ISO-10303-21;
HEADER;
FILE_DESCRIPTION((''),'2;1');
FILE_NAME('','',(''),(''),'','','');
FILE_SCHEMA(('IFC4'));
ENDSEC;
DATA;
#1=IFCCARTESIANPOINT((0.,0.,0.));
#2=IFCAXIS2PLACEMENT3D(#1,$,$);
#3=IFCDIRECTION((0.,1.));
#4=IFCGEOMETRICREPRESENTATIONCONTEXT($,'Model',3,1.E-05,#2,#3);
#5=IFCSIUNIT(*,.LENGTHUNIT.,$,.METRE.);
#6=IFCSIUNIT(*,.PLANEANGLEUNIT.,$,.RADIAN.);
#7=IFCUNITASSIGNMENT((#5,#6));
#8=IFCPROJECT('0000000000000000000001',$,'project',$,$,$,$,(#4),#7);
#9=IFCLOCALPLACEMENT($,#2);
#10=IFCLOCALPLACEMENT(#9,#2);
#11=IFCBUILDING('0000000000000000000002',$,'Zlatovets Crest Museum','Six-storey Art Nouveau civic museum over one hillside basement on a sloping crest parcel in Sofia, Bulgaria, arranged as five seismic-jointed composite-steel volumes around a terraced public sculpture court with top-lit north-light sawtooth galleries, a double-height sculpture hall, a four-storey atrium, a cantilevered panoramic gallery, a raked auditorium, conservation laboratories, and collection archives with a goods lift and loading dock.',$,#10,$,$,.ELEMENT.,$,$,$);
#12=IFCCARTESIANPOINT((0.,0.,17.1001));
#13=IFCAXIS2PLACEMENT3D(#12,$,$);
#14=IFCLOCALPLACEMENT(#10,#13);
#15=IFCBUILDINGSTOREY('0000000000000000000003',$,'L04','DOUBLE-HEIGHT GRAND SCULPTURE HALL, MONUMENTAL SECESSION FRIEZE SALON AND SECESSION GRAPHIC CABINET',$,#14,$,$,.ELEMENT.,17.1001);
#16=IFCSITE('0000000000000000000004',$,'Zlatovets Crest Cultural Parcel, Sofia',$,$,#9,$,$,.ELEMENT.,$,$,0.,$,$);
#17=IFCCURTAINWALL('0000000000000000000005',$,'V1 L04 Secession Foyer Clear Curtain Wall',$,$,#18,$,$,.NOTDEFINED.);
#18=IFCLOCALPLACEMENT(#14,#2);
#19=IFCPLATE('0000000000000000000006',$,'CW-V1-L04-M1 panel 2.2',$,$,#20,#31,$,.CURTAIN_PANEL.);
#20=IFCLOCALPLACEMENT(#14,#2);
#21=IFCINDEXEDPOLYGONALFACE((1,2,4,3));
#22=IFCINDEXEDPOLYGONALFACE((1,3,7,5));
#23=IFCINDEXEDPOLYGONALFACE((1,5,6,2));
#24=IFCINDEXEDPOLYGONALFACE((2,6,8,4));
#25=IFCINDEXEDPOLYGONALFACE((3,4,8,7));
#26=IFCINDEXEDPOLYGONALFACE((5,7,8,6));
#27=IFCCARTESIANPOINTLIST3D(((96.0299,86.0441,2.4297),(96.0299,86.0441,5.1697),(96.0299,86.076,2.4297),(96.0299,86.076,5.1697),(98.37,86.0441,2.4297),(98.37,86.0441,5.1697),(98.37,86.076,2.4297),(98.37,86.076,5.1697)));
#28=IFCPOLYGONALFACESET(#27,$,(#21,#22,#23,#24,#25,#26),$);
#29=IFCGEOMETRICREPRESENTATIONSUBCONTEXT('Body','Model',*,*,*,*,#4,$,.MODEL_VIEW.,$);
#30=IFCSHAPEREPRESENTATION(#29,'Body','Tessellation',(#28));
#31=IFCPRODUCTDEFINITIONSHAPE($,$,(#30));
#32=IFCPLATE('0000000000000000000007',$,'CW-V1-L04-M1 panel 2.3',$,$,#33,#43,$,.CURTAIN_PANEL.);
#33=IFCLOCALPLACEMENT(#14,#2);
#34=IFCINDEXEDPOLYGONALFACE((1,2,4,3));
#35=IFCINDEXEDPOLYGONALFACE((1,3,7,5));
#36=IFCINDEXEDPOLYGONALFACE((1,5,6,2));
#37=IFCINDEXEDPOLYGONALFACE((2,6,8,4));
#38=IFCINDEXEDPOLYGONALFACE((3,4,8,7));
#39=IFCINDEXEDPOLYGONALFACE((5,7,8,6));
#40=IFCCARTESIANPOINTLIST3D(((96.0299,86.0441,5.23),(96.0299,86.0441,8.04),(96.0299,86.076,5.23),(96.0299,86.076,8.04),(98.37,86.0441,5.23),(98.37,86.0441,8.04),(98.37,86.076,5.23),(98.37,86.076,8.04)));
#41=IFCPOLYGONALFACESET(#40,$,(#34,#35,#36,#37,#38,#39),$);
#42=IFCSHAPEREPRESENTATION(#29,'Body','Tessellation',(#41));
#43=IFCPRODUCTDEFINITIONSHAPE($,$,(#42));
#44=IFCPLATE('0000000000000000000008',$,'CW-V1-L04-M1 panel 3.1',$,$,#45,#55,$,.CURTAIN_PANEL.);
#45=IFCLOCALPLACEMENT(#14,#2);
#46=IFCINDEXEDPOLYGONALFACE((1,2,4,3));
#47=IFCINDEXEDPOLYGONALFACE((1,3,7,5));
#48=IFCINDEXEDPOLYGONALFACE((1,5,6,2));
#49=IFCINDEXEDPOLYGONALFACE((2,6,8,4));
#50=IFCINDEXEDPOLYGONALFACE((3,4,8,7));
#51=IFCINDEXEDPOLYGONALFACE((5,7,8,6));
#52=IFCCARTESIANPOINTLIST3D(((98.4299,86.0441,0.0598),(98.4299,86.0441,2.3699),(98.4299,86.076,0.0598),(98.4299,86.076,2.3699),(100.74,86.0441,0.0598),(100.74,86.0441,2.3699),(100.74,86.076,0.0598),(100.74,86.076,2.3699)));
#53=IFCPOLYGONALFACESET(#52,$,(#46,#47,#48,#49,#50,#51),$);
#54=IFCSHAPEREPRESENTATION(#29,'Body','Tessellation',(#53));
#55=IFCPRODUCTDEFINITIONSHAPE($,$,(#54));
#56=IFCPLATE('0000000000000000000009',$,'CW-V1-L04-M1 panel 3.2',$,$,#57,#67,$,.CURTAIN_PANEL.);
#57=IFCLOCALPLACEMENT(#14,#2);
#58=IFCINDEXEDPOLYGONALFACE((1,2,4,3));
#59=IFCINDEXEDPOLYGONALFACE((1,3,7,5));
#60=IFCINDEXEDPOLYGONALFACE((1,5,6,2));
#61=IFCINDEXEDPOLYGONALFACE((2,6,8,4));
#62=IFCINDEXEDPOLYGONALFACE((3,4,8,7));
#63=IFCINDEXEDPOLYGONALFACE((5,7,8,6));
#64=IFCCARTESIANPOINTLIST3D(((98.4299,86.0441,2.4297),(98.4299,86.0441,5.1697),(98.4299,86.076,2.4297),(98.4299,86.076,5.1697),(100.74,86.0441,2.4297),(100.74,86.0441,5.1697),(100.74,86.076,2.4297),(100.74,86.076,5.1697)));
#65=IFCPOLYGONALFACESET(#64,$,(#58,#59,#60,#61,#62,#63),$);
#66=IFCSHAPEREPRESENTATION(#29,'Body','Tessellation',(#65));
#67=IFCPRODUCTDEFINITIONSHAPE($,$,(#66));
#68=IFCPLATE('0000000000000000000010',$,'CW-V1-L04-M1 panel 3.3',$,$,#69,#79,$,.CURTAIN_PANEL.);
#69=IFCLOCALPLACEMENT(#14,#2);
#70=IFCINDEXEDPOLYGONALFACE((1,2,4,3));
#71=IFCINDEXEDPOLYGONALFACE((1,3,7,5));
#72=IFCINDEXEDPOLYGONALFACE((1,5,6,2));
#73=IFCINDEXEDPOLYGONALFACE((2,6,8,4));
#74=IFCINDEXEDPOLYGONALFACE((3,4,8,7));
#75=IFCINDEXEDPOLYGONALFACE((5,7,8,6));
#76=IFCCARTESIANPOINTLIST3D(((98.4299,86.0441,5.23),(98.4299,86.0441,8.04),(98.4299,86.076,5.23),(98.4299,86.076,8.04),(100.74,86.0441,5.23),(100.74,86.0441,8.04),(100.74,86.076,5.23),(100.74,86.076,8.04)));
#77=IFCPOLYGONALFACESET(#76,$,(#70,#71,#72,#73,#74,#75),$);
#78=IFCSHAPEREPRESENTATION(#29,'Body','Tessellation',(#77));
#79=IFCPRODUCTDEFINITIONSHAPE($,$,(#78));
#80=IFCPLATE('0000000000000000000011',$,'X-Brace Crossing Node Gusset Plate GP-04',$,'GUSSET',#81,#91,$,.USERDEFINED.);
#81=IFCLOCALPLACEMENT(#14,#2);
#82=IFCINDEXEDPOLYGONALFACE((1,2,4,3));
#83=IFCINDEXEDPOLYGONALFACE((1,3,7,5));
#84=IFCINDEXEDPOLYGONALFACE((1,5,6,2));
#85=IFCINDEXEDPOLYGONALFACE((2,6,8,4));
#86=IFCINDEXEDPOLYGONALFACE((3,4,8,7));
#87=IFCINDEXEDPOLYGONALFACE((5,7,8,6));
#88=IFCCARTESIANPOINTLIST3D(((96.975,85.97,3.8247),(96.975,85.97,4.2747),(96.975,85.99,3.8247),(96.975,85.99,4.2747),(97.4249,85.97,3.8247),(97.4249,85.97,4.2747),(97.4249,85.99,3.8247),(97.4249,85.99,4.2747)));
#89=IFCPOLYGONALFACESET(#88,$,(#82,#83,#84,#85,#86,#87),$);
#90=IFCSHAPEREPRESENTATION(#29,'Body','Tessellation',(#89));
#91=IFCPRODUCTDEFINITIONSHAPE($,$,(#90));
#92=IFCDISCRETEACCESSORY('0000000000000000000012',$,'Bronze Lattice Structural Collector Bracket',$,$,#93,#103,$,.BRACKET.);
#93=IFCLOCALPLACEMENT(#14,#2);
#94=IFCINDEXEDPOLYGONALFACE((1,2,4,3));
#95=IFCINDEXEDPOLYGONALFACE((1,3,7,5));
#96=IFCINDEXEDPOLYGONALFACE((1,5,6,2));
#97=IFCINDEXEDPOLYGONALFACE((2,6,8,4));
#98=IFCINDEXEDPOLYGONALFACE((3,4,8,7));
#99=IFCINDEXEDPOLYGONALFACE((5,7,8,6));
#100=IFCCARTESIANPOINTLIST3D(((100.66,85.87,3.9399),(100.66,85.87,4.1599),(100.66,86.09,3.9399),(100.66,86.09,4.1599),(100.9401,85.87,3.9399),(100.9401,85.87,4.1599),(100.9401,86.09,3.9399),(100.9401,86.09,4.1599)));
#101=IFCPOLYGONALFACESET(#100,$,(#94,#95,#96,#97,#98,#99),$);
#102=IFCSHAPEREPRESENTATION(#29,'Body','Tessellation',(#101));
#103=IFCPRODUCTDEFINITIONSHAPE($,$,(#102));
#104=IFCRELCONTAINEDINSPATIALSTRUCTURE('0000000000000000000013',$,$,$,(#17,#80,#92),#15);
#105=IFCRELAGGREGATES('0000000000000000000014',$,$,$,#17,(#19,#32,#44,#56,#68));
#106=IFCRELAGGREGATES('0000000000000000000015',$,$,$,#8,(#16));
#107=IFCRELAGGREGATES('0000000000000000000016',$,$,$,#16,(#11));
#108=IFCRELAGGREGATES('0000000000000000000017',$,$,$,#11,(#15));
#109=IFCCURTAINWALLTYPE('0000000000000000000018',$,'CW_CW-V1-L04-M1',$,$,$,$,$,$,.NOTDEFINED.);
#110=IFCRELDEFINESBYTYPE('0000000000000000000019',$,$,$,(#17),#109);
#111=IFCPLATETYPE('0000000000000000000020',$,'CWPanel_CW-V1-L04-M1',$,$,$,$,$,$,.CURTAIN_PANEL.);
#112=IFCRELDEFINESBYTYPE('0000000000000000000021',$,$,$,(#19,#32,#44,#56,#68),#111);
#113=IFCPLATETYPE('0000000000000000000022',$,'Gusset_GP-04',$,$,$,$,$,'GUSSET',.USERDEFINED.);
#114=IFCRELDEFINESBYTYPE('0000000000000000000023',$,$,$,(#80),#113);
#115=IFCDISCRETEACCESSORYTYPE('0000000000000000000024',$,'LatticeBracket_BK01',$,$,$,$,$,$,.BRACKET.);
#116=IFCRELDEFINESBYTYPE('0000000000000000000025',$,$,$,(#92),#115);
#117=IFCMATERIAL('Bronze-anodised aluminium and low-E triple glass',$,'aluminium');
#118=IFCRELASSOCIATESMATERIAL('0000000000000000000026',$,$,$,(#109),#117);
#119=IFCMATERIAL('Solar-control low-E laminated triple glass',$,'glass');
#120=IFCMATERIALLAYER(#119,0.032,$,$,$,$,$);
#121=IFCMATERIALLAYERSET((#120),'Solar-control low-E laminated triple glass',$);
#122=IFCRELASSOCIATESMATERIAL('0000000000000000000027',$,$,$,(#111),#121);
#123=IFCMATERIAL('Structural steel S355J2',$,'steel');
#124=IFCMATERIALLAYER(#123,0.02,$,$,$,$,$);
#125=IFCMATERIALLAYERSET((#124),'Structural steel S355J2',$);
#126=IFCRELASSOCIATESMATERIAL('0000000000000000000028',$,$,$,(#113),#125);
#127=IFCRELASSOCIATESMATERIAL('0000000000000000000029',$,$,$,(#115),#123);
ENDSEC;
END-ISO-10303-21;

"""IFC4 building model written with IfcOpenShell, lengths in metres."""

from ifc_helpers import new_model, si_unit, direction, frame, origin, origin_2d, place, context, subcontext, project, spatial, rectangle, extrude, material, layer, layer_set, type_object, element, aggregate, save


model = new_model("IFC4")

# Units and contexts
model_context = context("Model", 3, precision=1e-05, world=origin(), true_north=direction((0.0, 1.0)))
body_context = subcontext(model_context, "Body", "Model", "MODEL_VIEW")
ifc_project = project(units=[si_unit("LENGTHUNIT", "METRE"), si_unit("PLANEANGLEUNIT", "RADIAN")], contexts=[model_context])

# Site, building, storey
site_placement = place(None, origin())
site = spatial("IfcSite", under=ifc_project, at=site_placement, Name="Zlatovets Crest Cultural Parcel, Sofia", CompositionType="ELEMENT", RefElevation=0.0)
building_placement = place(site_placement, origin())
building = spatial("IfcBuilding", under=site, at=building_placement, Name="Zlatovets Crest Museum", Description="Six-storey Art Nouveau civic museum over one hillside basement on a sloping crest parcel in Sofia, Bulgaria, arranged as five seismic-jointed composite-steel volumes around a terraced public sculpture court with top-lit north-light sawtooth galleries, a double-height sculpture hall, a four-storey atrium, a cantilevered panoramic gallery, a raked auditorium, conservation laboratories, and collection archives with a goods lift and loading dock.", CompositionType="ELEMENT")
storey_placement = place(building_placement, frame((0.0, 0.0, 17.1001)))
storey = spatial("IfcBuildingStorey", under=building, at=storey_placement, Name="L04", Description="DOUBLE-HEIGHT GRAND SCULPTURE HALL, MONUMENTAL SECESSION FRIEZE SALON AND SECESSION GRAPHIC CABINET", CompositionType="ELEMENT", Elevation=17.1001)

# Shared definitions
ifc_material_1 = material(Name="Structural steel S355J2", Category="steel")

# Curtain wall
ifc_material_2 = material(Name="Bronze-anodised aluminium and low-E triple glass", Category="aluminium")
curtain_wall_type = type_object("IfcCurtainWallType", Name="CW_CW-V1-L04-M1", PredefinedType="NOTDEFINED", material=ifc_material_2)
curtain_wall_placement = place(storey_placement, origin())
curtain_wall = element("IfcCurtainWall", 1, at=curtain_wall_placement, inside=storey, type_object=curtain_wall_type, Name="V1 L04 Secession Foyer Clear Curtain Wall", PredefinedType="NOTDEFINED")

# Plates
ifc_material_3 = material(Name="Solar-control low-E laminated triple glass", Category="glass")
ifc_layer_1 = layer(ifc_material_3, 0.032)
ifc_layer_set_1 = layer_set([ifc_layer_1], Name="Solar-control low-E laminated triple glass")
plate_type_1 = type_object("IfcPlateType", Name="CWPanel_CW-V1-L04-M1", PredefinedType="CURTAIN_PANEL", material=ifc_layer_set_1)
plate_1_placement = place(storey_placement, frame((97.2, 86.0601, 2.4297), z_axis=(0.0, 0.0, 1.0), x_axis=(1.0, 0.0, 0.0)))
plate_1 = element("IfcPlate", 2, at=plate_1_placement, type_object=plate_type_1, Name="CW-V1-L04-M1 panel 2.2", PredefinedType="CURTAIN_PANEL", context=body_context, shape_type="SweptSolid", body=[
    extrude(rectangle(XDim=2.3401, YDim=0.032, at=origin_2d()), origin(), (0.0, 0.0, 1.0), 2.74),
])
plate_2_placement = place(storey_placement, frame((97.2, 86.0601, 5.23), z_axis=(0.0, 0.0, 1.0), x_axis=(1.0, 0.0, 0.0)))
plate_2 = element("IfcPlate", 3, at=plate_2_placement, type_object=plate_type_1, Name="CW-V1-L04-M1 panel 2.3", PredefinedType="CURTAIN_PANEL", context=body_context, shape_type="SweptSolid", body=[
    extrude(rectangle(XDim=2.3401, YDim=0.032, at=origin_2d()), origin(), (0.0, 0.0, 1.0), 2.8101),
])
plate_3_placement = place(storey_placement, frame((99.585, 86.0601, 0.0598), z_axis=(0.0, 0.0, 1.0), x_axis=(1.0, 0.0, 0.0)))
plate_3 = element("IfcPlate", 4, at=plate_3_placement, type_object=plate_type_1, Name="CW-V1-L04-M1 panel 3.1", PredefinedType="CURTAIN_PANEL", context=body_context, shape_type="SweptSolid", body=[
    extrude(rectangle(XDim=2.3101, YDim=0.032, at=origin_2d()), origin(), (0.0, 0.0, 1.0), 2.3101),
])
plate_4_placement = place(storey_placement, frame((99.585, 86.0601, 2.4297), z_axis=(0.0, 0.0, 1.0), x_axis=(1.0, 0.0, 0.0)))
plate_4 = element("IfcPlate", 5, at=plate_4_placement, type_object=plate_type_1, Name="CW-V1-L04-M1 panel 3.2", PredefinedType="CURTAIN_PANEL", context=body_context, shape_type="SweptSolid", body=[
    extrude(rectangle(XDim=2.3101, YDim=0.032, at=origin_2d()), origin(), (0.0, 0.0, 1.0), 2.74),
])
plate_5_placement = place(storey_placement, frame((99.585, 86.0601, 5.23), z_axis=(0.0, 0.0, 1.0), x_axis=(1.0, 0.0, 0.0)))
plate_5 = element("IfcPlate", 6, at=plate_5_placement, type_object=plate_type_1, Name="CW-V1-L04-M1 panel 3.3", PredefinedType="CURTAIN_PANEL", context=body_context, shape_type="SweptSolid", body=[
    extrude(rectangle(XDim=2.3101, YDim=0.032, at=origin_2d()), origin(), (0.0, 0.0, 1.0), 2.8101),
])
aggregate(curtain_wall, [plate_1, plate_2, plate_3, plate_4, plate_5])
ifc_layer_2 = layer(ifc_material_1, 0.02)
ifc_layer_set_2 = layer_set([ifc_layer_2], Name="Structural steel S355J2")
plate_type_2 = type_object("IfcPlateType", Name="Gusset_GP-04", ElementType="GUSSET", PredefinedType="USERDEFINED", material=ifc_layer_set_2)
plate_6_placement = place(storey_placement, frame((97.2, 85.98, 3.8247), z_axis=(0.0, 0.0, 1.0), x_axis=(1.0, 0.0, 0.0)))
element("IfcPlate", 7, at=plate_6_placement, inside=storey, type_object=plate_type_2, Name="X-Brace Crossing Node Gusset Plate GP-04", ObjectType="GUSSET", PredefinedType="USERDEFINED", context=body_context, shape_type="SweptSolid", body=[
    extrude(rectangle(XDim=0.45, YDim=0.02, at=origin_2d()), origin(), (0.0, 0.0, 1.0), 0.45),
])

# Discrete accessory
discrete_accessory_type = type_object("IfcDiscreteAccessoryType", Name="LatticeBracket_BK01", PredefinedType="BRACKET", material=ifc_material_1)
discrete_accessory_placement = place(storey_placement, frame((100.8, 85.98, 3.9399), z_axis=(0.0, 0.0, 1.0), x_axis=(1.0, 0.0, 0.0)))
element("IfcDiscreteAccessory", 8, at=discrete_accessory_placement, inside=storey, type_object=discrete_accessory_type, Name="Bronze Lattice Structural Collector Bracket", PredefinedType="BRACKET", context=body_context, shape_type="SweptSolid", body=[
    extrude(rectangle(XDim=0.28, YDim=0.22, at=origin_2d()), origin(), (0.0, 0.0, 1.0), 0.22),
])

save(model, "model.ifc")
